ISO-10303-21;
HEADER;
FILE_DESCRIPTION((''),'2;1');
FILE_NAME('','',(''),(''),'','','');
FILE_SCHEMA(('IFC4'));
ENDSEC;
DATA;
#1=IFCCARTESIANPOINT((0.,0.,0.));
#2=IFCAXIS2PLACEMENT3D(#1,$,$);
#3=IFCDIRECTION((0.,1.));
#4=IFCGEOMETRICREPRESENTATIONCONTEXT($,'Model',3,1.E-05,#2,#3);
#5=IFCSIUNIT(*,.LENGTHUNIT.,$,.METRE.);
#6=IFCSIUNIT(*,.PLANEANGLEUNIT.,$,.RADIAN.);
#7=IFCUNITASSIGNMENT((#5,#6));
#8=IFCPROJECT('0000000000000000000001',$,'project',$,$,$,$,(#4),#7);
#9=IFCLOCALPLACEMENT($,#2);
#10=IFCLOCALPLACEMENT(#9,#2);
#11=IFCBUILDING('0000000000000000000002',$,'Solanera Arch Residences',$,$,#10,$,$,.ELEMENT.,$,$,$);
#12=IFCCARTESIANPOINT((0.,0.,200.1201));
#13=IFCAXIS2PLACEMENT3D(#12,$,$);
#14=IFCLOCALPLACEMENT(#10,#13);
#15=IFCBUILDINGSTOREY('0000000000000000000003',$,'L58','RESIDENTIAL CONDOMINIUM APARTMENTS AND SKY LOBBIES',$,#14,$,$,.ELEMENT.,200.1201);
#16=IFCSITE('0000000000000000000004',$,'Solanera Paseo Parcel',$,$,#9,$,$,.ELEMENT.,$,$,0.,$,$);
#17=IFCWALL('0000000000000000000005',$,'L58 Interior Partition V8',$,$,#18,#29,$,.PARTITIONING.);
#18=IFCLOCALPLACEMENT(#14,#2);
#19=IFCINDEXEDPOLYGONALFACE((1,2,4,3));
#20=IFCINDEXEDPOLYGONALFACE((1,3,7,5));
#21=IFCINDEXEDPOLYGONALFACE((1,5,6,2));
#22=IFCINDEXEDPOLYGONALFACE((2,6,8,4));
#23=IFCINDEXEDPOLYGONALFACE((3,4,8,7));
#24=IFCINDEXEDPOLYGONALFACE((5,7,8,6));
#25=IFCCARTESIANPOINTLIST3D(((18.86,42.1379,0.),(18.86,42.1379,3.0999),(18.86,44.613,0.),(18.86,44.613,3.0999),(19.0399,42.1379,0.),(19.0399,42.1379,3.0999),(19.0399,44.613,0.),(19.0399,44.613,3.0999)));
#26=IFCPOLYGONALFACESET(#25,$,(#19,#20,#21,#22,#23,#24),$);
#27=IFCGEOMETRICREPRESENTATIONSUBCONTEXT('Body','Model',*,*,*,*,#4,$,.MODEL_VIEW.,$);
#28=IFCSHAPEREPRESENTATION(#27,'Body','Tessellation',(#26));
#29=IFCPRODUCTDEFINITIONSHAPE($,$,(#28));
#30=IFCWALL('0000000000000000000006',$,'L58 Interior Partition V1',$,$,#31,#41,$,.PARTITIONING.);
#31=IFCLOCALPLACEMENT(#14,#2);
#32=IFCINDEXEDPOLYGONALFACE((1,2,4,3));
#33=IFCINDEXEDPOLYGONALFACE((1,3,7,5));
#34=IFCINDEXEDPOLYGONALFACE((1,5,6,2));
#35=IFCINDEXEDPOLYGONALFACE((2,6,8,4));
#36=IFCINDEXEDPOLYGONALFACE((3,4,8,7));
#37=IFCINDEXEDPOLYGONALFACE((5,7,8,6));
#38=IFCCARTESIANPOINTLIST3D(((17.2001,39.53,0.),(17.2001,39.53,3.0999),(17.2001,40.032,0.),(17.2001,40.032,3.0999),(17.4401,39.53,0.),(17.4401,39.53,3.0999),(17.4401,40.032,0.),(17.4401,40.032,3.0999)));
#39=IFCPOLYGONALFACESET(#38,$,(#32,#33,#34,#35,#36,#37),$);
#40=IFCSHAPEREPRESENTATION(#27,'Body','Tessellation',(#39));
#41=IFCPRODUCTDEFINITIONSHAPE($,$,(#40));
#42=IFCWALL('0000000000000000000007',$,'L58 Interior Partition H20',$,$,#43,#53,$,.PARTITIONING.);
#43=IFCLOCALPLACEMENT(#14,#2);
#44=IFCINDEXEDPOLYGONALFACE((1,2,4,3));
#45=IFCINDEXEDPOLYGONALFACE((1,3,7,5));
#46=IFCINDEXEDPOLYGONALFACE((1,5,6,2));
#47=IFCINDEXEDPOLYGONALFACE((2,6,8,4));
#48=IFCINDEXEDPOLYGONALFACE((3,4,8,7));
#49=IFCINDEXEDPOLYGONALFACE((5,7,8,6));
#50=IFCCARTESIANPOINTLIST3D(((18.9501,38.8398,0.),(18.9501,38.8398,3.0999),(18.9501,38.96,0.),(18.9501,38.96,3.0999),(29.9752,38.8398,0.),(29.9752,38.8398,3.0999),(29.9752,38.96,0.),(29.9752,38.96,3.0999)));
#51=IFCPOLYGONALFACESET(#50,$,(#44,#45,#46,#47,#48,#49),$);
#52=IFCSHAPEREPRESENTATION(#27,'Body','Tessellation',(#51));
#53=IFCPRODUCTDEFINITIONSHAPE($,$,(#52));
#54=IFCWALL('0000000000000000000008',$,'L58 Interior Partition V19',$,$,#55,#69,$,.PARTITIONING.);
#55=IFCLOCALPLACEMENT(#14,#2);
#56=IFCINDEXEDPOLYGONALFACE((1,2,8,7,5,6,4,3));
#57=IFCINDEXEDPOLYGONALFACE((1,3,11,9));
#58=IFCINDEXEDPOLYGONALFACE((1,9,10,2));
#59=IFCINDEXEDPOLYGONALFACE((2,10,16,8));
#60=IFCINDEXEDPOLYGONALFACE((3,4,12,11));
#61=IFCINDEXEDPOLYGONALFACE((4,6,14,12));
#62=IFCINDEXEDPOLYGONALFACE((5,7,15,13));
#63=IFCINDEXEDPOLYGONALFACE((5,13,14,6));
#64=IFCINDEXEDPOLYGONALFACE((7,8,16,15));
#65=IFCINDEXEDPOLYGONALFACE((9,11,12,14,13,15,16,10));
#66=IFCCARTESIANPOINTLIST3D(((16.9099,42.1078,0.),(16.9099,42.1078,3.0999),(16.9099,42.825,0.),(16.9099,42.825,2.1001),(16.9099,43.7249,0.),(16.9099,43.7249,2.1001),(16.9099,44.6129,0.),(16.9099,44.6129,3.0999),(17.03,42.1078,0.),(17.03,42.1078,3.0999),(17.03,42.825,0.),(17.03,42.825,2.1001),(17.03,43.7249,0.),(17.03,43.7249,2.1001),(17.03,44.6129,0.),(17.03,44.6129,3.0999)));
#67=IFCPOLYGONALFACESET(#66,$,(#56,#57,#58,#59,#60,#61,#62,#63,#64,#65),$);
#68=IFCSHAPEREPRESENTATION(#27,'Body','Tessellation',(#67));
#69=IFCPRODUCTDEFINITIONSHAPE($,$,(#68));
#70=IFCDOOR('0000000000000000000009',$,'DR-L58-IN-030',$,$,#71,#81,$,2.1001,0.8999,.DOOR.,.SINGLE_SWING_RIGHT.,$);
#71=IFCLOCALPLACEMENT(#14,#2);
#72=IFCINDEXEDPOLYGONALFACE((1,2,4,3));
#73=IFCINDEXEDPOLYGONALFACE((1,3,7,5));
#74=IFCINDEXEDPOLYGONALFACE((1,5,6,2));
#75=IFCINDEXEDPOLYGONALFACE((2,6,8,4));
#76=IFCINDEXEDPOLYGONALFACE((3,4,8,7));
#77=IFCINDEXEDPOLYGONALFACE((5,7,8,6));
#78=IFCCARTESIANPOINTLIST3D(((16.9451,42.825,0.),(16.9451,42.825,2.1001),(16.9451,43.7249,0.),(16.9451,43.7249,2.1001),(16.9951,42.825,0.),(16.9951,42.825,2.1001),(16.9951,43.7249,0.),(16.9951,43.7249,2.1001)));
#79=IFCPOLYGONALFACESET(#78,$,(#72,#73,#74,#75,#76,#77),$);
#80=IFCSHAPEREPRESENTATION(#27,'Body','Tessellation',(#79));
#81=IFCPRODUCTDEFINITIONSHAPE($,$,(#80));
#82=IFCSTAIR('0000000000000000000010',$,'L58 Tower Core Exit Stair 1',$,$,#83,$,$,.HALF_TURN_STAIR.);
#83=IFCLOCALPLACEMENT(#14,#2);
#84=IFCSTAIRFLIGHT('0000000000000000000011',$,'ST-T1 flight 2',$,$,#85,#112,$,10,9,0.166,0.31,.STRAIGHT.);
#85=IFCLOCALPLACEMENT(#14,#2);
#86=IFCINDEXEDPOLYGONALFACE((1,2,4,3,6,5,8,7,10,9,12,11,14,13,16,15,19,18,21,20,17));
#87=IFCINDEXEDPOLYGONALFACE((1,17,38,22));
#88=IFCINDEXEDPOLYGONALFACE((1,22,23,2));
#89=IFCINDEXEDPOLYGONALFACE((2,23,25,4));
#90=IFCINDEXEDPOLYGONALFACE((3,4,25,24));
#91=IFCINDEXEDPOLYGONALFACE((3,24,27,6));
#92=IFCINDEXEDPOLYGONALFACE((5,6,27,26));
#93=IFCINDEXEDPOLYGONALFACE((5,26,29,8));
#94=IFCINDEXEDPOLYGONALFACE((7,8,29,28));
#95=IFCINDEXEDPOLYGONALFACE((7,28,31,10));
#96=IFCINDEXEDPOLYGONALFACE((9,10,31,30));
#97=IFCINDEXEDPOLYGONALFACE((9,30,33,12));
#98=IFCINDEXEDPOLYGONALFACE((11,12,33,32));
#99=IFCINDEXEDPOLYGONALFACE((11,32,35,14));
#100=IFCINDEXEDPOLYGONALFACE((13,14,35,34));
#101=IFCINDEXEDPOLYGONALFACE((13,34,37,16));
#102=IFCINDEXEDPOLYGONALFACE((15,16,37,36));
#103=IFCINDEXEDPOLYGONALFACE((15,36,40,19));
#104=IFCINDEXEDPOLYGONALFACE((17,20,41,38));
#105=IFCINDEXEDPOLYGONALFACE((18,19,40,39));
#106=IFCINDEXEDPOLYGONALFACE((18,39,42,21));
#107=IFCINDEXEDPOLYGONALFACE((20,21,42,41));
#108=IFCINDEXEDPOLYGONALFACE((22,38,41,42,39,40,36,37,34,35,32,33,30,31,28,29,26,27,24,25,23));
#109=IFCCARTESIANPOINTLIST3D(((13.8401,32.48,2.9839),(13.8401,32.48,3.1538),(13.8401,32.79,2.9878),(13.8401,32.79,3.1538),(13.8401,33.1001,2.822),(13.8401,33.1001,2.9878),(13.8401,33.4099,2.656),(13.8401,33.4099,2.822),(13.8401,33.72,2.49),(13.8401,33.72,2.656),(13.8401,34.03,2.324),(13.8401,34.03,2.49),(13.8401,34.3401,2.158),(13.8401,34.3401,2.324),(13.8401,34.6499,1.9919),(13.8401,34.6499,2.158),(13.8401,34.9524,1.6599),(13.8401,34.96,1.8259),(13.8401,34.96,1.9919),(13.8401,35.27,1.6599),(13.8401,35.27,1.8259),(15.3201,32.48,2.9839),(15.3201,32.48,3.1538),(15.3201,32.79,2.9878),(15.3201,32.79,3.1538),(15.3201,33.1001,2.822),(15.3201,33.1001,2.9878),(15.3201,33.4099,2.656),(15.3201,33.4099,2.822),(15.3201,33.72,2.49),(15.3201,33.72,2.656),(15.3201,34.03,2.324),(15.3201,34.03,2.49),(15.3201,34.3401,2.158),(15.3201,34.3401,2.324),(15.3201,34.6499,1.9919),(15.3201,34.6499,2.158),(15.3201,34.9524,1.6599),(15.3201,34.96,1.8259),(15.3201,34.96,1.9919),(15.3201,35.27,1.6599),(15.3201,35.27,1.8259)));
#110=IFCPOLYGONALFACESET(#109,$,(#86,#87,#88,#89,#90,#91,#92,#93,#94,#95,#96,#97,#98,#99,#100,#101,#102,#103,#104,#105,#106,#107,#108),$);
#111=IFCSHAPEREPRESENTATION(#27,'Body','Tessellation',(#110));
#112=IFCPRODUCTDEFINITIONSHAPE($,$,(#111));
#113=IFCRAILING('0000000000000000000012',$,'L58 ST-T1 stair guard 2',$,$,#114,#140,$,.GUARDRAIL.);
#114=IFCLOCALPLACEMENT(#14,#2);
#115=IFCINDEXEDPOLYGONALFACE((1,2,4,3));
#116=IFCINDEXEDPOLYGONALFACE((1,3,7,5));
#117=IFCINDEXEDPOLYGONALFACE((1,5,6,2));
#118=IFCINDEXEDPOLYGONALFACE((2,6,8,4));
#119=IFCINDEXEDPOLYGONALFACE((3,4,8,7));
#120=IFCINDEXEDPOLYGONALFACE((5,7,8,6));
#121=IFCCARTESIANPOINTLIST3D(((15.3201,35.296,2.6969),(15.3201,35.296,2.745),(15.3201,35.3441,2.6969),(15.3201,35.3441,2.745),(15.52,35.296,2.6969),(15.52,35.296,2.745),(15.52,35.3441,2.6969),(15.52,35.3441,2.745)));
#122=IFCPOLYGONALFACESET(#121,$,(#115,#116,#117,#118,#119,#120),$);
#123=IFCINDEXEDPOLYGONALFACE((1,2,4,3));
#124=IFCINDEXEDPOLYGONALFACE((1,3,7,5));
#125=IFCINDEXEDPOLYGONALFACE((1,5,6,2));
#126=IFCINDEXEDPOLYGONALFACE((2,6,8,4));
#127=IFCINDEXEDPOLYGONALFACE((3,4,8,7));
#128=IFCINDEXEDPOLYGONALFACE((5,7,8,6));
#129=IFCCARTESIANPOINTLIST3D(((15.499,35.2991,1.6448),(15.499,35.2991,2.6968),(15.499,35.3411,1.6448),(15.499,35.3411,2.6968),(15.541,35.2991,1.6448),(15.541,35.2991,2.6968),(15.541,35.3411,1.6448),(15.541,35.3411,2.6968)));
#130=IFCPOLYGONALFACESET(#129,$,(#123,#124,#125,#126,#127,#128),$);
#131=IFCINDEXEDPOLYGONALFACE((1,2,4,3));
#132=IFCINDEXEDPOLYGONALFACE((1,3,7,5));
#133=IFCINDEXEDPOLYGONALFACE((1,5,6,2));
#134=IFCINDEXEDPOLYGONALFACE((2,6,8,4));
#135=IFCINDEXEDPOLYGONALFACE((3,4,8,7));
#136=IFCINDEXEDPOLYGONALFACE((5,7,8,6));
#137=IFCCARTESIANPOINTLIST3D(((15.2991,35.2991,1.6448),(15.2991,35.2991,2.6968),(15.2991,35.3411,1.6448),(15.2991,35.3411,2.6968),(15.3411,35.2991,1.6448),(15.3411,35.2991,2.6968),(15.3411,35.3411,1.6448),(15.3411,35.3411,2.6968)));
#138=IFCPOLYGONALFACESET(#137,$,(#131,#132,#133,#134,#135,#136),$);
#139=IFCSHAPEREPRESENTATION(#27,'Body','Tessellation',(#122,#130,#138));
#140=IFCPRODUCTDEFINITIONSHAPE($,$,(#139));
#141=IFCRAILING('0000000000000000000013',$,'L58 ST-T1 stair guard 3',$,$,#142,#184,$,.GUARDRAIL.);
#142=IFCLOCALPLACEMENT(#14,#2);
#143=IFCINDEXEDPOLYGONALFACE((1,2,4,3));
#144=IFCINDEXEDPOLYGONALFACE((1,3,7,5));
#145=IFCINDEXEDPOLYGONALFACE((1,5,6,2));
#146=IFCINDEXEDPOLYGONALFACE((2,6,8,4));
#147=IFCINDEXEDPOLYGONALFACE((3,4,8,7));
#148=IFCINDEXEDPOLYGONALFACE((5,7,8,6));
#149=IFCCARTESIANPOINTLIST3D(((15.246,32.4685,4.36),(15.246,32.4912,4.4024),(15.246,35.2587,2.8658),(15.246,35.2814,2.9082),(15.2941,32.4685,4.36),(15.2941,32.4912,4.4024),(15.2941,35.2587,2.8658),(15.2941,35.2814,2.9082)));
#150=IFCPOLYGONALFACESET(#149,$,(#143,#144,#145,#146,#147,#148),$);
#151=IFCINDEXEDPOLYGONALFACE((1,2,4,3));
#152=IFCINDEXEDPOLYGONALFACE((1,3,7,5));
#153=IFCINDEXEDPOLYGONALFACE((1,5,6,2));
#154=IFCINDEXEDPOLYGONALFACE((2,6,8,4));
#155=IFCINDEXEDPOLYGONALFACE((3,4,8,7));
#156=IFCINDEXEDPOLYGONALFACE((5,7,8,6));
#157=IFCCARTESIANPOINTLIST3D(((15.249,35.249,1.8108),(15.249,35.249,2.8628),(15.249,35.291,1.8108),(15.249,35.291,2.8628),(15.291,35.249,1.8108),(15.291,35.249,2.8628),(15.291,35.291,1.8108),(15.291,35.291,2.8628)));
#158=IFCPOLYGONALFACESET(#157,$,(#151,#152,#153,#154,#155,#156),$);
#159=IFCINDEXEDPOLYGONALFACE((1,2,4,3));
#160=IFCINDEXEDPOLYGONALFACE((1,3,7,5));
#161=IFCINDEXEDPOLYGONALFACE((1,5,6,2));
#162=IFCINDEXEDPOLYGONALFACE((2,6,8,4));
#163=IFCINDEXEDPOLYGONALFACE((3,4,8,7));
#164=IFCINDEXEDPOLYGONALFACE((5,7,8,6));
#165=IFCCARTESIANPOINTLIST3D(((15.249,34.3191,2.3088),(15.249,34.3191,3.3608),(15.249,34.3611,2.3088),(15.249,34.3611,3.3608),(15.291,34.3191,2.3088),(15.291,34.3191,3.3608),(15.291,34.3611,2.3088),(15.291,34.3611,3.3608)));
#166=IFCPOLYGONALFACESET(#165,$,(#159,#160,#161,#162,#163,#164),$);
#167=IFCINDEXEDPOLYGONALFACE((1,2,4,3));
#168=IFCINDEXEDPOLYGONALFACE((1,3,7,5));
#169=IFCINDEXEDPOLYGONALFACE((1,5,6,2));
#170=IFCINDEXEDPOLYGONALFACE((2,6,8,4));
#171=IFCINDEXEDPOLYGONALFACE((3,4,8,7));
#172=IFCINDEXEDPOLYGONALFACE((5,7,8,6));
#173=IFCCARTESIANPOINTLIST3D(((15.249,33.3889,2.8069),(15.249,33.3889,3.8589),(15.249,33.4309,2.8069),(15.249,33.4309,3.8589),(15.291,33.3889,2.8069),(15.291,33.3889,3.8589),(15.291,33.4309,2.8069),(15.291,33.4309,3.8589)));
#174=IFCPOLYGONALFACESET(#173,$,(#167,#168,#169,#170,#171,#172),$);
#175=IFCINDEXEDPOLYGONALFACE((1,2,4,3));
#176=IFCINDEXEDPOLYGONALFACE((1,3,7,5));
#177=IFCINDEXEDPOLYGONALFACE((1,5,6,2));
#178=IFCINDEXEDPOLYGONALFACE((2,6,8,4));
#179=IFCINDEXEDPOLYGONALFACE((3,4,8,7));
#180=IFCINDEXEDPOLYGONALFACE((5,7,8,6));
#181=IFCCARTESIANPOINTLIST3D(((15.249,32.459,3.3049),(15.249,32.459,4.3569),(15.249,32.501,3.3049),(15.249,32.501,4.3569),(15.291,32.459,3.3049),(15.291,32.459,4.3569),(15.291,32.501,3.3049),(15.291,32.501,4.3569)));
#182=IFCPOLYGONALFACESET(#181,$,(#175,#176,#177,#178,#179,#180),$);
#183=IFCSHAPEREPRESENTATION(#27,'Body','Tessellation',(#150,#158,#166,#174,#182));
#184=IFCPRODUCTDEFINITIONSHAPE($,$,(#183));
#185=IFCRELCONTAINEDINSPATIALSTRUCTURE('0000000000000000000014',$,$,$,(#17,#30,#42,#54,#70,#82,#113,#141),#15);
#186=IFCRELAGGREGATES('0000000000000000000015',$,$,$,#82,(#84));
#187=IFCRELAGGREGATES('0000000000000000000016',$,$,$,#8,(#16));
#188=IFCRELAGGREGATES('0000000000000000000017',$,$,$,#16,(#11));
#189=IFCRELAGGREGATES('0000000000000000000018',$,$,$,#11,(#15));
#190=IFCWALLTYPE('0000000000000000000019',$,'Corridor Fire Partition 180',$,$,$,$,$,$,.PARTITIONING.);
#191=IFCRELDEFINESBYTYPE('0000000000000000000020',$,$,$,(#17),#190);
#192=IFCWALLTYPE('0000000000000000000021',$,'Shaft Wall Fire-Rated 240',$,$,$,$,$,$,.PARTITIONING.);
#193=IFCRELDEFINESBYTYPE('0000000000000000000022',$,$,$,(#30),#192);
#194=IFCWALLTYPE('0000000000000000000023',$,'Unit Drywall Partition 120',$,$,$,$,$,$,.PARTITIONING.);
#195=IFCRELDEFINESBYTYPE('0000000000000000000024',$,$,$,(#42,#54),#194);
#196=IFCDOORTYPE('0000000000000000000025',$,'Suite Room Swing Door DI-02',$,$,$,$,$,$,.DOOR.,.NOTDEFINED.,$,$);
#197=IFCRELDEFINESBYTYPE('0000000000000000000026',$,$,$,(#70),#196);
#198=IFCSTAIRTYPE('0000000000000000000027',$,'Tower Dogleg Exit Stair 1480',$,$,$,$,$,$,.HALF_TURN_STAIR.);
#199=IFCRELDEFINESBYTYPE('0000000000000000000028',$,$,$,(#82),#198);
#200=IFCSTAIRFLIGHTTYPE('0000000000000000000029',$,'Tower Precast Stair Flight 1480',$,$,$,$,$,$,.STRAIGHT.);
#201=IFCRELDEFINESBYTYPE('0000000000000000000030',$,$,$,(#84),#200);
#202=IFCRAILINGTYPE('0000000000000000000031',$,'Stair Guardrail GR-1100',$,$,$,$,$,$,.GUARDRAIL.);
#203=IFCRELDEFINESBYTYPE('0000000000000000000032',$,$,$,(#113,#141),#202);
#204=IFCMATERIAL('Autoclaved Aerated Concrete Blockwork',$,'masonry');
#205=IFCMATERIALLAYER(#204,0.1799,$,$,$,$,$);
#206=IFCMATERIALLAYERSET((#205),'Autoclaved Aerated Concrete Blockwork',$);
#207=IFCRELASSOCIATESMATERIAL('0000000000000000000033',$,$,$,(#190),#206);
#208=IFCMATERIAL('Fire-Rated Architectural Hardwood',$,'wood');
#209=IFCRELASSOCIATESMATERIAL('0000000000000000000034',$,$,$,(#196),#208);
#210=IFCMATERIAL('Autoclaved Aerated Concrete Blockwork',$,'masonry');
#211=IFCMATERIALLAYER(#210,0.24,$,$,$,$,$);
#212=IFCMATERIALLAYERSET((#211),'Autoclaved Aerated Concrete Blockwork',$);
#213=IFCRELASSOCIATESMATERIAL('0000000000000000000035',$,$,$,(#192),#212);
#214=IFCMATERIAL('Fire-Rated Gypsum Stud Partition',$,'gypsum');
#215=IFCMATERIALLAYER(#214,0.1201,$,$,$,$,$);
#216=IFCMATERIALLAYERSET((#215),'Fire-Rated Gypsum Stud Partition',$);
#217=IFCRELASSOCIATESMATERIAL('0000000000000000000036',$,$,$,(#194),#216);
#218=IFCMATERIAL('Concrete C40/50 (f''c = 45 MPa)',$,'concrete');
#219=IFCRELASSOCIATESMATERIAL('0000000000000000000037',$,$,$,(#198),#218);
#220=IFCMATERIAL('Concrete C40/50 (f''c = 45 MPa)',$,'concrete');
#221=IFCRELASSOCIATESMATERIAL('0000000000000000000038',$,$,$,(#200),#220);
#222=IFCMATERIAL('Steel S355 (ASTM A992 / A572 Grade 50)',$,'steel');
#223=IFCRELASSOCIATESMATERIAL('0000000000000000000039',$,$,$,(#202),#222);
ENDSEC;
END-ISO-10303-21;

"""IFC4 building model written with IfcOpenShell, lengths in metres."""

from ifc_helpers import new_model, si_unit, direction, frame, frame_2d, origin, origin_2d, place, context, subcontext, project, spatial, polyline, rectangle, outline, extrude, material, layer, layer_set, type_object, element, fill, aggregate, save


model = new_model("IFC4")

# Units and contexts
model_context = context("Model", 3, precision=1e-05, world=origin(), true_north=direction((0.0, 1.0)))
body_context = subcontext(model_context, "Body", "Model", "MODEL_VIEW")
ifc_project = project(units=[si_unit("LENGTHUNIT", "METRE"), si_unit("PLANEANGLEUNIT", "RADIAN")], contexts=[model_context])

# Site, building, storey
site_placement = place(None, origin())
site = spatial("IfcSite", under=ifc_project, at=site_placement, Name="Solanera Paseo Parcel", CompositionType="ELEMENT", RefElevation=0.0)
building_placement = place(site_placement, origin())
building = spatial("IfcBuilding", under=site, at=building_placement, Name="Solanera Arch Residences", CompositionType="ELEMENT")
storey_placement = place(building_placement, frame((0.0, 0.0, 200.1201)))
storey = spatial("IfcBuildingStorey", under=building, at=storey_placement, Name="L58", Description="RESIDENTIAL CONDOMINIUM APARTMENTS AND SKY LOBBIES", CompositionType="ELEMENT", Elevation=200.1201)

# Shared definitions
ifc_material_1 = material(Name="Autoclaved Aerated Concrete Blockwork", Category="masonry")
ifc_layer_1 = layer(ifc_material_1, 0.1799)
ifc_layer_set_1 = layer_set([ifc_layer_1], Name="Autoclaved Aerated Concrete Blockwork")
wall_type_1 = type_object("IfcWallType", Name="Corridor Fire Partition 180", PredefinedType="PARTITIONING", material=ifc_layer_set_1)

# Shared definitions
ifc_material_2 = material(Name="Fire-Rated Architectural Hardwood", Category="wood")
door_type = type_object("IfcDoorType", Name="Suite Room Swing Door DI-02", OperationType="NOTDEFINED", PredefinedType="DOOR", material=ifc_material_2)

# Walls
wall_1_placement = place(storey_placement, frame((18.95, 42.1379, 0.0), z_axis=(0.0, 0.0, 1.0), x_axis=(0.0, 1.0, 0.0)))
element("IfcWall", 1, at=wall_1_placement, inside=storey, type_object=wall_type_1, Name="L58 Interior Partition V8", PredefinedType="PARTITIONING", context=body_context, shape_type="SweptSolid", body=[
    extrude(rectangle(XDim=2.4751, YDim=0.1799, at=frame_2d((1.2375, 0.0))), origin(), (0.0, 0.0, 1.0), 3.0999),
])
ifc_material_3 = material(Name="Autoclaved Aerated Concrete Blockwork", Category="masonry")
ifc_layer_2 = layer(ifc_material_3, 0.24)
ifc_layer_set_2 = layer_set([ifc_layer_2], Name="Autoclaved Aerated Concrete Blockwork")
wall_type_2 = type_object("IfcWallType", Name="Shaft Wall Fire-Rated 240", PredefinedType="PARTITIONING", material=ifc_layer_set_2)
wall_2_placement = place(storey_placement, frame((17.3201, 39.53, 0.0), z_axis=(0.0, 0.0, 1.0), x_axis=(0.0, 1.0, 0.0)))
element("IfcWall", 2, at=wall_2_placement, inside=storey, type_object=wall_type_2, Name="L58 Interior Partition V1", PredefinedType="PARTITIONING", context=body_context, shape_type="SweptSolid", body=[
    extrude(rectangle(XDim=0.502, YDim=0.24, at=frame_2d((0.251, 0.0))), origin(), (0.0, 0.0, 1.0), 3.0999),
])
ifc_material_4 = material(Name="Fire-Rated Gypsum Stud Partition", Category="gypsum")
ifc_layer_3 = layer(ifc_material_4, 0.1201)
ifc_layer_set_3 = layer_set([ifc_layer_3], Name="Fire-Rated Gypsum Stud Partition")
wall_type_3 = type_object("IfcWallType", Name="Unit Drywall Partition 120", PredefinedType="PARTITIONING", material=ifc_layer_set_3)
wall_3_placement = place(storey_placement, frame((18.95, 38.8999, 0.0), z_axis=(0.0, 0.0, 1.0), x_axis=(1.0, 0.0, 0.0)))
element("IfcWall", 3, at=wall_3_placement, inside=storey, type_object=wall_type_3, Name="L58 Interior Partition H20", PredefinedType="PARTITIONING", context=body_context, shape_type="SweptSolid", body=[
    extrude(rectangle(XDim=11.0251, YDim=0.1201, at=frame_2d((5.5127, 0.0))), origin(), (0.0, 0.0, 1.0), 3.0999),
])

# Wall, opening, door
wall_4_placement = place(storey_placement, frame((16.97, 42.1079, 0.0), z_axis=(0.0, 0.0, 1.0), x_axis=(0.0, 1.0, 0.0)))
wall_4 = element("IfcWall", 4, at=wall_4_placement, inside=storey, type_object=wall_type_3, Name="L58 Interior Partition V19", PredefinedType="PARTITIONING", context=body_context, shape_type="SweptSolid", body=[
    extrude(rectangle(XDim=2.5051, YDim=0.1201, at=frame_2d((1.2524, 0.0))), origin(), (0.0, 0.0, 1.0), 3.0999),
])
opening_1_placement = place(wall_4_placement, frame((0.717, 0.0, 0.0)))
opening_1 = element("IfcOpeningElement", 5, at=opening_1_placement, cuts=wall_4, PredefinedType="OPENING", context=body_context, shape_type="SweptSolid", body=[
    extrude(rectangle(XDim=0.8999, YDim=2.1001, at=frame_2d((0.45, 1.05))), frame((0.0, 0.0701, 0.0), z_axis=(0.0, -1.0, 0.0), x_axis=(1.0, 0.0, 0.0)), (0.0, 0.0, 1.0), 0.1401),
])
door_1_placement = place(opening_1_placement, origin())
door_1 = element("IfcDoor", 6, at=door_1_placement, inside=storey, type_object=door_type, Name="DR-L58-IN-030", OperationType="SINGLE_SWING_RIGHT", OverallHeight=2.1001, OverallWidth=0.8999, PredefinedType="DOOR", context=body_context, shape_type="SweptSolid", body=[
    extrude(rectangle(XDim=0.8999, YDim=2.1001, at=frame_2d((0.45, 1.05))), frame((0.0, 0.0249, 0.0), z_axis=(0.0, -1.0, 0.0), x_axis=(1.0, 0.0, 0.0)), (0.0, 0.0, 1.0), 0.05),
])
fill(opening_1, door_1)

# Stair, stair flight
ifc_material_5 = material(Name="Concrete C40/50 (f'c = 45 MPa)", Category="concrete")
stair_type = type_object("IfcStairType", Name="Tower Dogleg Exit Stair 1480", PredefinedType="HALF_TURN_STAIR", material=ifc_material_5)
stair_placement = place(storey_placement, origin())
stair = element("IfcStair", 7, at=stair_placement, inside=storey, type_object=stair_type, Name="L58 Tower Core Exit Stair 1", PredefinedType="HALF_TURN_STAIR")
ifc_material_6 = material(Name="Concrete C40/50 (f'c = 45 MPa)", Category="concrete")
stair_flight_type = type_object("IfcStairFlightType", Name="Tower Precast Stair Flight 1480", PredefinedType="STRAIGHT", material=ifc_material_6)
stair_flight_placement = place(storey_placement, frame((14.5801, 35.27, 1.6599), z_axis=(0.0, 0.0, 1.0), x_axis=(0.0, -1.0, 0.0)))
stair_flight = element("IfcStairFlight", 8, at=stair_flight_placement, type_object=stair_flight_type, Name="ST-T1 flight 2", NumberOfRisers=10, NumberOfTreads=9, PredefinedType="STRAIGHT", RiserHeight=0.166, TreadLength=0.31, context=body_context, shape_type="SweptSolid", body=[
    extrude(outline(polyline([(0.0, 0.0), (0.0, 0.166), (0.3101, 0.166), (0.3101, 0.332), (0.6201, 0.332), (0.6201, 0.498), (0.9299, 0.498), (0.9299, 0.6641), (1.24, 0.6641), (1.24, 0.8301), (1.55, 0.8301), (1.55, 0.9961), (1.8601, 0.9961), (1.8601, 1.1621), (2.1699, 1.1621), (2.1699, 1.3279), (2.48, 1.3279), (2.48, 1.4939), (2.79, 1.4939), (2.79, 1.6599), (2.79, 1.324), (0.3176, 0.0), (0.0, 0.0)])), frame((0.0, 0.74, 0.0), z_axis=(0.0, -1.0, 0.0), x_axis=(1.0, 0.0, 0.0)), (0.0, 0.0, 1.0), 1.48),
])
aggregate(stair, [stair_flight])

# Railings
ifc_material_7 = material(Name="Steel S355 (ASTM A992 / A572 Grade 50)", Category="steel")
railing_type_1 = type_object("IfcRailingType", Name="Stair Guardrail GR-1100", PredefinedType="GUARDRAIL", material=ifc_material_7)
railing_1_placement = place(storey_placement, frame((15.52, 35.3201, 1.6448)))
element("IfcRailing", 9, at=railing_1_placement, inside=storey, type_object=railing_type_1, Name="L58 ST-T1 stair guard 2", PredefinedType="GUARDRAIL", context=body_context, shape_type="SweptSolid", body=[
    extrude(rectangle(XDim=0.0481, YDim=0.0481, at=origin_2d()), frame((0.0, 0.0, 1.0762), z_axis=(-1.0, 0.0, 0.0), x_axis=(0.0, -1.0, 0.0)), (0.0, 0.0, 1.0), 0.2),
    extrude(rectangle(XDim=0.042, YDim=0.042, at=origin_2d()), origin(), (0.0, 0.0, 1.0), 1.052),
    extrude(rectangle(XDim=0.042, YDim=0.042, at=origin_2d()), frame((-0.2, 0.0, 0.0)), (0.0, 0.0, 1.0), 1.052),
])
railing_2_placement = place(storey_placement, frame((15.27, 35.27, 1.8108)))
element("IfcRailing", 10, at=railing_2_placement, inside=storey, type_object=railing_type_1, Name="L58 ST-T1 stair guard 3", PredefinedType="GUARDRAIL", context=body_context, shape_type="SweptSolid", body=[
    extrude(rectangle(XDim=0.0481, YDim=0.0481, at=origin_2d()), frame((0.0, 0.0, 1.0762), z_axis=(0.0, -0.881549, 0.472093), x_axis=(1.0, 0.0, 0.0)), (0.0, 0.0, 1.0), 3.165),
    extrude(rectangle(XDim=0.042, YDim=0.042, at=origin_2d()), origin(), (0.0, 0.0, 1.0), 1.052),
    extrude(rectangle(XDim=0.042, YDim=0.042, at=origin_2d()), frame((0.0, -0.9299, 0.498)), (0.0, 0.0, 1.0), 1.052),
    extrude(rectangle(XDim=0.042, YDim=0.042, at=origin_2d()), frame((0.0, -1.8601, 0.9961)), (0.0, 0.0, 1.0), 1.052),
    extrude(rectangle(XDim=0.042, YDim=0.042, at=origin_2d()), frame((0.0, -2.79, 1.4941)), (0.0, 0.0, 1.0), 1.052),
])

save(model, "model.ifc")
